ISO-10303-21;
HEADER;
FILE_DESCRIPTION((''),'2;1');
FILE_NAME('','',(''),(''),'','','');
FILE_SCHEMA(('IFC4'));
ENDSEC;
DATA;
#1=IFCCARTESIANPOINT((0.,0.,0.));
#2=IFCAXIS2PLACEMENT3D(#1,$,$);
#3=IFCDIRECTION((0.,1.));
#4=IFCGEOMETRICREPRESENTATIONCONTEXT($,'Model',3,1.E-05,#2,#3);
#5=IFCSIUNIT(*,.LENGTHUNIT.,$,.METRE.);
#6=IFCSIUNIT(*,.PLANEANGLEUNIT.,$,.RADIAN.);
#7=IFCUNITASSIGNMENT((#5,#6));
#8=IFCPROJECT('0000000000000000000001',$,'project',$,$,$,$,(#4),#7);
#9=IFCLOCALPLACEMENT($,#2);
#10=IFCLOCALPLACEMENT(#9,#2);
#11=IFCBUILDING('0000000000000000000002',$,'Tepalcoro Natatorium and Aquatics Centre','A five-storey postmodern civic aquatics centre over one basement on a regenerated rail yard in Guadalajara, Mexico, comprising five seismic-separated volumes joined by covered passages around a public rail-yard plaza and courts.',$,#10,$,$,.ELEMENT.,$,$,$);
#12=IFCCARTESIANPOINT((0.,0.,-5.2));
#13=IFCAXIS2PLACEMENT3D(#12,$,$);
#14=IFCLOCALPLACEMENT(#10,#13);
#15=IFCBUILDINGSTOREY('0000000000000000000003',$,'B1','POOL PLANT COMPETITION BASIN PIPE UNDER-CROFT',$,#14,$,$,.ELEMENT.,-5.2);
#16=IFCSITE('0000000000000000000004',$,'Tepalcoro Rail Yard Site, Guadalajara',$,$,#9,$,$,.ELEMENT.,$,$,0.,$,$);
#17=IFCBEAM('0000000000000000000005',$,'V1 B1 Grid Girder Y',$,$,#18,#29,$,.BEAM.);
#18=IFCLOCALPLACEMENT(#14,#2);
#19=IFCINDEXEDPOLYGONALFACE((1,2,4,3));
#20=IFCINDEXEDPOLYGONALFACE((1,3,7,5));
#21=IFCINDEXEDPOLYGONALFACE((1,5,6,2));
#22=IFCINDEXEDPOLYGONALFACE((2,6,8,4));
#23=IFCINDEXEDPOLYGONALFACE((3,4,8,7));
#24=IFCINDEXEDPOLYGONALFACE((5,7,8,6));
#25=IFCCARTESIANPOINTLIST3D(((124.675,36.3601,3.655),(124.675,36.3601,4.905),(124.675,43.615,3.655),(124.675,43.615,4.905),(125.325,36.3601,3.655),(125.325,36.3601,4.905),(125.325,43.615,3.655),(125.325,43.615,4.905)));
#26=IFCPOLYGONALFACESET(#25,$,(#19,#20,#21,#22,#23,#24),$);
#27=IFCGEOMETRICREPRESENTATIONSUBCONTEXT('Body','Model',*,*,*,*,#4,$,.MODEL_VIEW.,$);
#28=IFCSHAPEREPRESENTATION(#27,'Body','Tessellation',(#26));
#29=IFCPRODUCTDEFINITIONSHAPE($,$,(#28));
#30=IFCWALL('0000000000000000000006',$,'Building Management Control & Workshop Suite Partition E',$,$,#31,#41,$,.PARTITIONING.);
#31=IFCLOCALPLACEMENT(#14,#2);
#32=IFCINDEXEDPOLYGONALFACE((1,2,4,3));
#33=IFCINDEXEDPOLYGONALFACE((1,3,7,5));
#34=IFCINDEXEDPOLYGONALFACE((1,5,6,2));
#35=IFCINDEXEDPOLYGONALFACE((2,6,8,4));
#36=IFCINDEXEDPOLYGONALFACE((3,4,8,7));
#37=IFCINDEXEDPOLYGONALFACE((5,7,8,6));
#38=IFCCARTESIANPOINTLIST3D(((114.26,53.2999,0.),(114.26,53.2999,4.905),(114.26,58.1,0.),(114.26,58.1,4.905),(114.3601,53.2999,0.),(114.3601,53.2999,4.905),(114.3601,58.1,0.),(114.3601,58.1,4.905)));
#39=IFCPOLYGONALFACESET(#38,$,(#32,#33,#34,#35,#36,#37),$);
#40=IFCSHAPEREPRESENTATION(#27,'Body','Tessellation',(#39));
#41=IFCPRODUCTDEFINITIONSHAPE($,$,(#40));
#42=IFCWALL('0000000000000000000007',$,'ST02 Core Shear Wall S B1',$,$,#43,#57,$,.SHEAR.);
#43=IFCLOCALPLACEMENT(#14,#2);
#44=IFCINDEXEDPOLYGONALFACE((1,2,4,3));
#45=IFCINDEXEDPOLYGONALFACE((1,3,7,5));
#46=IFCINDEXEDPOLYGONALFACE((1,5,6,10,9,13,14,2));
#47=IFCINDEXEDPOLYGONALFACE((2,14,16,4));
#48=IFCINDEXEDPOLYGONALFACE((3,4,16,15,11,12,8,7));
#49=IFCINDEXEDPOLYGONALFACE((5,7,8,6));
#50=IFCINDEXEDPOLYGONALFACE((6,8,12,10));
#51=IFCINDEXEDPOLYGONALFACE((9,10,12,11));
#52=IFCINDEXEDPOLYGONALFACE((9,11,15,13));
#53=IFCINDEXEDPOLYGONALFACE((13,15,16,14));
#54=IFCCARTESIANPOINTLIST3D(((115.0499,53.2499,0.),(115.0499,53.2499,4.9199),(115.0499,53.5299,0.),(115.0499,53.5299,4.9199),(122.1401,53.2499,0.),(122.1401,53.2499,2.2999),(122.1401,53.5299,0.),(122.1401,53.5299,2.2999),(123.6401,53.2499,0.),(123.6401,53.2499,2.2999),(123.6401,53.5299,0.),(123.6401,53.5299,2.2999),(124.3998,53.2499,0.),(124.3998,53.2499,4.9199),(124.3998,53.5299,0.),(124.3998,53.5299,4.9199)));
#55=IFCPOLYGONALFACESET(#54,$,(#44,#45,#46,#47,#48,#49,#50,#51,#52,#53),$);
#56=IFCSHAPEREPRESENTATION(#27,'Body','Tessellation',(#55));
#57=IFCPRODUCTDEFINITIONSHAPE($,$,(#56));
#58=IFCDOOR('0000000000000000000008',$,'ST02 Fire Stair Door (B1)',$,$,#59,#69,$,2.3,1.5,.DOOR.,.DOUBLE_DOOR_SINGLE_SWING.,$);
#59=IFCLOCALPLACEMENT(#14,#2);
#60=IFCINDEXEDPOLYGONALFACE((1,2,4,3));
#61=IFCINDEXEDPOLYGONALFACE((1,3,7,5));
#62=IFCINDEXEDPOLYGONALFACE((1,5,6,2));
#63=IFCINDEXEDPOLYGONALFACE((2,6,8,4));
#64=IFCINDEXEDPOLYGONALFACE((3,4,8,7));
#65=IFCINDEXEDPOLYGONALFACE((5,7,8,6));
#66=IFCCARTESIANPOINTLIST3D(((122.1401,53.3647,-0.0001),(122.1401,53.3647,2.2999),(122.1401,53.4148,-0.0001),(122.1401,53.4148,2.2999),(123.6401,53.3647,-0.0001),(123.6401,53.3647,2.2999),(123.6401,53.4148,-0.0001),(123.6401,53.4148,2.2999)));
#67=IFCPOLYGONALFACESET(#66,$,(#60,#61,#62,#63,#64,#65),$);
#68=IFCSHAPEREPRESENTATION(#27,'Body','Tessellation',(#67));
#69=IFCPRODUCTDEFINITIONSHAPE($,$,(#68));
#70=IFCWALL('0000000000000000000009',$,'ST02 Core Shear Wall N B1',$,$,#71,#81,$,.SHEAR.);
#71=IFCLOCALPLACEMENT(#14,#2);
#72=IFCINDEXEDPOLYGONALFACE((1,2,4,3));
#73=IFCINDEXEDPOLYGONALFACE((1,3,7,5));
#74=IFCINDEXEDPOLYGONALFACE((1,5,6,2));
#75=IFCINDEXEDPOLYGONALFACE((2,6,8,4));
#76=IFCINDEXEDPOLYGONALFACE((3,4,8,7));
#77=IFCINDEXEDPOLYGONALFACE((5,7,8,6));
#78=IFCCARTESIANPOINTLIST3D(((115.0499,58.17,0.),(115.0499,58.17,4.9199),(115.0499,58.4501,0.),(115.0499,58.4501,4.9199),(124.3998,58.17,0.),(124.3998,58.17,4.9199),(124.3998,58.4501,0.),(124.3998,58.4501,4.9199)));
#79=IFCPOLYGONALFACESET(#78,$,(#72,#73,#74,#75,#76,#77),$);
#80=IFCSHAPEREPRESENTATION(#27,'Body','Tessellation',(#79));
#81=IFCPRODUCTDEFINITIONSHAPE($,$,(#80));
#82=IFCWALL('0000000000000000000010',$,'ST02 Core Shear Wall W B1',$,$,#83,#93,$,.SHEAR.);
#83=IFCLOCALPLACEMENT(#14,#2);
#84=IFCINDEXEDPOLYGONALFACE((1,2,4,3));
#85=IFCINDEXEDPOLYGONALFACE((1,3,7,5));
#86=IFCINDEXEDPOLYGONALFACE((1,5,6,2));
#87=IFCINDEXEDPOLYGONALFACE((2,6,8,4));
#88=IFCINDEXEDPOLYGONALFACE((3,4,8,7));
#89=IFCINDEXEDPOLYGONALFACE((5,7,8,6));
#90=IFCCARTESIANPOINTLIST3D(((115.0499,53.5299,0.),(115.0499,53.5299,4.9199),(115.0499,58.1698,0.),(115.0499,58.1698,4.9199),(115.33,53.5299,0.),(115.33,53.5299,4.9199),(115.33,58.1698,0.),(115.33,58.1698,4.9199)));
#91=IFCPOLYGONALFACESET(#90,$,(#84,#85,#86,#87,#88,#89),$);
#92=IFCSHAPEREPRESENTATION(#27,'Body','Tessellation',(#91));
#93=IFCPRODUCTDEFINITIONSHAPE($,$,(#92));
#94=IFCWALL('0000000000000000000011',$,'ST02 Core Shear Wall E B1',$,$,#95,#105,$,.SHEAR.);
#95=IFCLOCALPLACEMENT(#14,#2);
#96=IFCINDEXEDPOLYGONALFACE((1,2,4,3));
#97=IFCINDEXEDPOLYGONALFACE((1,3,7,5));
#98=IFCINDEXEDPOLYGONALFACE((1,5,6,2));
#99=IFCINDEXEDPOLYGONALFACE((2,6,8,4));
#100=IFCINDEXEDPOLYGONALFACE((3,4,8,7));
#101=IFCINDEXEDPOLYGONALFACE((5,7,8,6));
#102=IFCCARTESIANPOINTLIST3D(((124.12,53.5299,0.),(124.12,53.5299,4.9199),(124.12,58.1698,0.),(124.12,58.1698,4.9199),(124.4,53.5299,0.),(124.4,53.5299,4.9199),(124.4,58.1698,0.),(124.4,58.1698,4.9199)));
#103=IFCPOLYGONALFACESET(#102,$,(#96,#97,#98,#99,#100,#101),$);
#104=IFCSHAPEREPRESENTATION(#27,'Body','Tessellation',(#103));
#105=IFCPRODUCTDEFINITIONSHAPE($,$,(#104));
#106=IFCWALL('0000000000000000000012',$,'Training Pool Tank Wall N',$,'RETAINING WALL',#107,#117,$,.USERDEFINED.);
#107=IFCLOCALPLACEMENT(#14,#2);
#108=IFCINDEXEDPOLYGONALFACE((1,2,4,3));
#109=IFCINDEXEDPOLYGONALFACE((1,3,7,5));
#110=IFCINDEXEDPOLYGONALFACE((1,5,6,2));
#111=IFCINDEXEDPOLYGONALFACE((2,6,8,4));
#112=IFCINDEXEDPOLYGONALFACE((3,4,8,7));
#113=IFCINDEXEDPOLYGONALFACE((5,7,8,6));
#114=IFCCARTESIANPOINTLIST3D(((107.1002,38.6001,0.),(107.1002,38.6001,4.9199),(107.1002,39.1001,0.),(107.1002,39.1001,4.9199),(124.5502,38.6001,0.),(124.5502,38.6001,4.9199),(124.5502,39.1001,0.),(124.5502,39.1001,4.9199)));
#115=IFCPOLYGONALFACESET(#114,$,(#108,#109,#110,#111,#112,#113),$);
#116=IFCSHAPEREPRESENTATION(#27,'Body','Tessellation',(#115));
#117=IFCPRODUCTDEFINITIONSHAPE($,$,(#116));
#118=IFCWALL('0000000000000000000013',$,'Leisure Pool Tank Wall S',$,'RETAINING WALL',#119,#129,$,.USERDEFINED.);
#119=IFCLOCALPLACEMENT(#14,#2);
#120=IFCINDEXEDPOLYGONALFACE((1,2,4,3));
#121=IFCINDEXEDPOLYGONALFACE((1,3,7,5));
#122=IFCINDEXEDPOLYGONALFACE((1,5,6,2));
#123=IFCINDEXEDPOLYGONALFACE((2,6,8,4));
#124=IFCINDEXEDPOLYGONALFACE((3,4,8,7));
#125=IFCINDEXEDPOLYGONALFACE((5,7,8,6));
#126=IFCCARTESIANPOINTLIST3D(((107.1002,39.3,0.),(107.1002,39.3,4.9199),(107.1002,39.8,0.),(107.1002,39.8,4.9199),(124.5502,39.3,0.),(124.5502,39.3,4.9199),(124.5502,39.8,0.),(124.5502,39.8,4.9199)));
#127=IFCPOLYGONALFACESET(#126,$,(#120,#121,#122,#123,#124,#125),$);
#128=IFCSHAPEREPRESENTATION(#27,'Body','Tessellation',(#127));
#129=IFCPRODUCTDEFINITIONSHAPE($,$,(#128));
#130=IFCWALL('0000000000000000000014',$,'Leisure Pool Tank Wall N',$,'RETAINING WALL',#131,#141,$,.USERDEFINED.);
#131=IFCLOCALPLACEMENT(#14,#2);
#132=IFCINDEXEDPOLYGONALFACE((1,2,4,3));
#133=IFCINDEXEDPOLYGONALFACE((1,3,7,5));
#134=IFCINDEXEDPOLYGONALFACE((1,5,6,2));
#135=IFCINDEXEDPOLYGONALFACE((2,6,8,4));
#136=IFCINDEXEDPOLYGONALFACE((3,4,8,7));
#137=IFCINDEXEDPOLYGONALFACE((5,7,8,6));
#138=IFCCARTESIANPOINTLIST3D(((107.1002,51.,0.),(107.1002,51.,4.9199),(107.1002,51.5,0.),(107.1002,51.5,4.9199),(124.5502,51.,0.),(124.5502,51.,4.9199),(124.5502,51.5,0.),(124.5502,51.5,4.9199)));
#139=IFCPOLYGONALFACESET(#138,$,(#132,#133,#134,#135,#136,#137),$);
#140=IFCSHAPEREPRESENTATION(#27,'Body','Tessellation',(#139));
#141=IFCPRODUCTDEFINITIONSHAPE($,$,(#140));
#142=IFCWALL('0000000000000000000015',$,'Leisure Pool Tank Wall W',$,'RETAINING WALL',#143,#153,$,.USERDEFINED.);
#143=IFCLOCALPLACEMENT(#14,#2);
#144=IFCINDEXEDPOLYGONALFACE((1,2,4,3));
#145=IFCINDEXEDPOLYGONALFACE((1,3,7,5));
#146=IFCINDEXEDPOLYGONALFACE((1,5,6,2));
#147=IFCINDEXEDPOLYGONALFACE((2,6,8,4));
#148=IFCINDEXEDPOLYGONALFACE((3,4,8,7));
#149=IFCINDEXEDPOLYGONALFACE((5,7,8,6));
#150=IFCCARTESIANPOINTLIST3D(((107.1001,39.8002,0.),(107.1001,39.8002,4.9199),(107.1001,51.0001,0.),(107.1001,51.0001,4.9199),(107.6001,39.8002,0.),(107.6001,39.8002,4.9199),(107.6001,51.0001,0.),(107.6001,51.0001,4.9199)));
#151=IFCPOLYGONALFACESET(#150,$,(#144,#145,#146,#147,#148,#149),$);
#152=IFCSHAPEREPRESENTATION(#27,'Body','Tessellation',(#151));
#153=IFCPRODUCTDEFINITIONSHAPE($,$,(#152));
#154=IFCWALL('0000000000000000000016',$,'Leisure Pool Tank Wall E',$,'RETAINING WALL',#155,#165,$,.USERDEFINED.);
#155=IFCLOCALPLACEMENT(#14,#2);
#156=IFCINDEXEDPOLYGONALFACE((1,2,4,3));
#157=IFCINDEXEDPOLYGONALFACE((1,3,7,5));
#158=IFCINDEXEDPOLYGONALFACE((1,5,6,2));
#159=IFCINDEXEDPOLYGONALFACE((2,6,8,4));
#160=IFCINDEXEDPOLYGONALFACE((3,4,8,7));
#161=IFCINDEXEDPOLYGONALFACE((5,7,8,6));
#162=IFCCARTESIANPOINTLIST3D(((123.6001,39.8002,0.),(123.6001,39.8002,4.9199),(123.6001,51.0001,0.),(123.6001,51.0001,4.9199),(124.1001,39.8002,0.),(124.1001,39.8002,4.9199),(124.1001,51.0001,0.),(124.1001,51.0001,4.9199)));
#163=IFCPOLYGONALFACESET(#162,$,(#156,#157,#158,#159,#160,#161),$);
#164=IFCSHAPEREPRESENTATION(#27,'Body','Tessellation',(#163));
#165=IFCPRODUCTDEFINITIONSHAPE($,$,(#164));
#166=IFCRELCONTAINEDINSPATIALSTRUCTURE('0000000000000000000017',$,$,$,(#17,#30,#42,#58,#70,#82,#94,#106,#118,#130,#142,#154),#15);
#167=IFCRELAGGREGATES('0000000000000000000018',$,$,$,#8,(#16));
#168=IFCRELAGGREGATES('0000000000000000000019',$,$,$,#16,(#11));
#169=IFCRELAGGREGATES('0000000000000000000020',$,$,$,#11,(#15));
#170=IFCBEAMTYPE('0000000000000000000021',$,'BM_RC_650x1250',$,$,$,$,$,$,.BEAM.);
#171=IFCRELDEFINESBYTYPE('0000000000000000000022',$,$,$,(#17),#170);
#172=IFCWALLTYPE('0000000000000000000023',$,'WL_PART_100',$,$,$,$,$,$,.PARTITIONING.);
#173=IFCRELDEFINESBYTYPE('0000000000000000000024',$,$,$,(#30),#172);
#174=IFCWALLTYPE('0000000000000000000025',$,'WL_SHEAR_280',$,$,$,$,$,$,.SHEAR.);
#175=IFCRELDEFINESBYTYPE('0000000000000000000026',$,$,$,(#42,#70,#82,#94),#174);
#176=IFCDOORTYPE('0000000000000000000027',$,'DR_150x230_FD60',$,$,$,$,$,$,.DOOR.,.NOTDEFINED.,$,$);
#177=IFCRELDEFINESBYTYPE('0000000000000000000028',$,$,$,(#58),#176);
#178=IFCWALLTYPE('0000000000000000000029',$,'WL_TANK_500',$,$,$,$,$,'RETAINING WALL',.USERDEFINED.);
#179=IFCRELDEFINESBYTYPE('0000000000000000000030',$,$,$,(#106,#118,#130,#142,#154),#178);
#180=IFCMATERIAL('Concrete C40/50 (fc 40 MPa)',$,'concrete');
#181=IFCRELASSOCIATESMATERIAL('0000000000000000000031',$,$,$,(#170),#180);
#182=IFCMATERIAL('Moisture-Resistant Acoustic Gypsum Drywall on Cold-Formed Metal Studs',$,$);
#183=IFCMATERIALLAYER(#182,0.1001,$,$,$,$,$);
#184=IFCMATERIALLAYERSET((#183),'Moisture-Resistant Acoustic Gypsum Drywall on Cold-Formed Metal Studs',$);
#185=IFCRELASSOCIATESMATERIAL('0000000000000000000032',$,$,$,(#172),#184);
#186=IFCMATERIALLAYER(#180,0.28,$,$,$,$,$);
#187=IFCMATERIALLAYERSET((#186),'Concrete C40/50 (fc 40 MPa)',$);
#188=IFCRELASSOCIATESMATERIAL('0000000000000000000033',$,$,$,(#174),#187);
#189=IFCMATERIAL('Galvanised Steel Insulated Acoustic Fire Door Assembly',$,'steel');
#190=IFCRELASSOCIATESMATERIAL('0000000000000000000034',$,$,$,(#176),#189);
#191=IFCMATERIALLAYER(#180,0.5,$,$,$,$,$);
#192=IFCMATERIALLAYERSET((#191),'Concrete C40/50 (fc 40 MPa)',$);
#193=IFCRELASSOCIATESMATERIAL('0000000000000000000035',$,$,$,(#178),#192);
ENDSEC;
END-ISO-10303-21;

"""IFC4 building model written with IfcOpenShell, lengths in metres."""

from ifc_helpers import new_model, si_unit, direction, frame, frame_2d, origin, origin_2d, place, context, subcontext, project, spatial, rectangle, extrude, material, layer, layer_set, material_profile, profile_set, type_object, element, fill, save


model = new_model("IFC4")

# Units and contexts
model_context = context("Model", 3, precision=1e-05, world=origin(), true_north=direction((0.0, 1.0)))
body_context = subcontext(model_context, "Body", "Model", "MODEL_VIEW")
ifc_project = project(units=[si_unit("LENGTHUNIT", "METRE"), si_unit("PLANEANGLEUNIT", "RADIAN")], contexts=[model_context])

# Site, building, storey
site_placement = place(None, origin())
site = spatial("IfcSite", under=ifc_project, at=site_placement, Name="Tepalcoro Rail Yard Site, Guadalajara", CompositionType="ELEMENT", RefElevation=0.0)
building_placement = place(site_placement, origin())
building = spatial("IfcBuilding", under=site, at=building_placement, Name="Tepalcoro Natatorium and Aquatics Centre", Description="A five-storey postmodern civic aquatics centre over one basement on a regenerated rail yard in Guadalajara, Mexico, comprising five seismic-separated volumes joined by covered passages around a public rail-yard plaza and courts.", CompositionType="ELEMENT")
storey_placement = place(building_placement, frame((0.0, 0.0, -5.2)))
storey = spatial("IfcBuildingStorey", under=building, at=storey_placement, Name="B1", Description="POOL PLANT COMPETITION BASIN PIPE UNDER-CROFT", CompositionType="ELEMENT", Elevation=-5.2)

# Shared definitions
ifc_material_1 = material(Name="Concrete C40/50 (fc 40 MPa)", Category="concrete")

# Beam
ifc_material_profile_1 = material_profile(ifc_material_1, rectangle(XDim=0.6499, YDim=1.25, at=origin_2d()), Name="RCB650x1250")
ifc_profile_set_1 = profile_set([ifc_material_profile_1], Name="Concrete C40/50 (fc 40 MPa)")
beam_type_1 = type_object("IfcBeamType", Name="BM_RC_650x1250", PredefinedType="BEAM", material=ifc_profile_set_1)
beam_1_placement = place(storey_placement, frame((125.0, 36.3601, 4.28), z_axis=(0.0, 1.0, 0.0), x_axis=(-1.0, 0.0, 0.0)))
element("IfcBeam", 1, at=beam_1_placement, inside=storey, type_object=beam_type_1, Name="V1 B1 Grid Girder Y", PredefinedType="BEAM", context=body_context, shape_type="SweptSolid", body=[
    extrude(rectangle(XDim=0.6499, YDim=1.25, at=origin_2d()), origin(), (0.0, 0.0, 1.0), 7.2549),
])

# Wall
ifc_material_2 = material(Name="Moisture-Resistant Acoustic Gypsum Drywall on Cold-Formed Metal Studs")
ifc_layer_1 = layer(ifc_material_2, 0.1001)
ifc_layer_set_1 = layer_set([ifc_layer_1], Name="Moisture-Resistant Acoustic Gypsum Drywall on Cold-Formed Metal Studs")
wall_type_1 = type_object("IfcWallType", Name="WL_PART_100", PredefinedType="PARTITIONING", material=ifc_layer_set_1)
wall_1_placement = place(storey_placement, frame((114.3101, 53.3, 0.0), z_axis=(0.0, 0.0, 1.0), x_axis=(0.0, 1.0, 0.0)))
element("IfcWall", 2, at=wall_1_placement, inside=storey, type_object=wall_type_1, Name="Building Management Control & Workshop Suite Partition E", PredefinedType="PARTITIONING", context=body_context, shape_type="SweptSolid", body=[
    extrude(rectangle(XDim=4.8, YDim=0.1001, at=frame_2d((2.3999, 0.0))), origin(), (0.0, 0.0, 1.0), 4.905),
])

# Wall, opening, door
ifc_layer_2 = layer(ifc_material_1, 0.28)
ifc_layer_set_2 = layer_set([ifc_layer_2], Name="Concrete C40/50 (fc 40 MPa)")
wall_type_2 = type_object("IfcWallType", Name="WL_SHEAR_280", PredefinedType="SHEAR", material=ifc_layer_set_2)
wall_2_placement = place(storey_placement, frame((115.05, 53.3899, 0.0), z_axis=(0.0, 0.0, 1.0), x_axis=(1.0, 0.0, 0.0)))
wall_2 = element("IfcWall", 3, at=wall_2_placement, inside=storey, type_object=wall_type_2, Name="ST02 Core Shear Wall S B1", PredefinedType="SHEAR", context=body_context, shape_type="SweptSolid", body=[
    extrude(rectangle(XDim=9.3499, YDim=0.28, at=frame_2d((4.6748, 0.0))), origin(), (0.0, 0.0, 1.0), 4.9199),
])
opening_placement = place(wall_2_placement, frame((7.0901, 0.0, 0.0)))
opening = element("IfcOpeningElement", 4, at=opening_placement, cuts=wall_2, PredefinedType="OPENING", context=body_context, shape_type="SweptSolid", body=[
    extrude(rectangle(XDim=1.5, YDim=2.3, at=frame_2d((0.75, 1.1499))), frame((0.0, 0.1519, 0.0), z_axis=(0.0, -1.0, 0.0), x_axis=(1.0, 0.0, 0.0)), (0.0, 0.0, 1.0), 0.304),
])
ifc_material_3 = material(Name="Galvanised Steel Insulated Acoustic Fire Door Assembly", Category="steel")
door_type = type_object("IfcDoorType", Name="DR_150x230_FD60", OperationType="NOTDEFINED", PredefinedType="DOOR", material=ifc_material_3)
door_placement = place(opening_placement, origin())
door = element("IfcDoor", 5, at=door_placement, inside=storey, type_object=door_type, Name="ST02 Fire Stair Door (B1)", OperationType="DOUBLE_DOOR_SINGLE_SWING", OverallHeight=2.3, OverallWidth=1.5, PredefinedType="DOOR", context=body_context, shape_type="SweptSolid", body=[
    extrude(rectangle(XDim=1.5, YDim=2.3, at=frame_2d((0.75, 1.1499))), frame((0.0, 0.0249, 0.0), z_axis=(0.0, -1.0, 0.0), x_axis=(1.0, 0.0, 0.0)), (0.0, 0.0, 1.0), 0.05),
])
fill(opening, door)

# Walls
wall_3_placement = place(storey_placement, frame((115.05, 58.3101, 0.0), z_axis=(0.0, 0.0, 1.0), x_axis=(1.0, 0.0, 0.0)))
element("IfcWall", 6, at=wall_3_placement, inside=storey, type_object=wall_type_2, Name="ST02 Core Shear Wall N B1", PredefinedType="SHEAR", context=body_context, shape_type="SweptSolid", body=[
    extrude(rectangle(XDim=9.3499, YDim=0.28, at=frame_2d((4.6748, 0.0))), origin(), (0.0, 0.0, 1.0), 4.9199),
])
for number, where, z_axis, x_axis, name in (
    (7, (115.1899, 53.53, 0.0), (0.0, 0.0, 1.0), (0.0, 1.0, 0.0), "ST02 Core Shear Wall W B1"),
    (8, (124.26, 53.53, 0.0), (0.0, 0.0, 1.0), (0.0, 1.0, 0.0), "ST02 Core Shear Wall E B1"),
):
    element("IfcWall", number, at=place(storey_placement, frame(where, z_axis=z_axis, x_axis=x_axis)), inside=storey, type_object=wall_type_2, Name=name, PredefinedType="SHEAR", context=body_context, shape_type="SweptSolid", body=[
        extrude(rectangle(XDim=4.6399, YDim=0.28, at=frame_2d((2.3198, 0.0))), origin(), (0.0, 0.0, 1.0), 4.9199),
    ])
ifc_layer_3 = layer(ifc_material_1, 0.5)
ifc_layer_set_3 = layer_set([ifc_layer_3], Name="Concrete C40/50 (fc 40 MPa)")
wall_type_3 = type_object("IfcWallType", Name="WL_TANK_500", ElementType="RETAINING WALL", PredefinedType="USERDEFINED", material=ifc_layer_set_3)
for number, where, z_axis, x_axis, name in (
    (9, (107.1001, 38.8501, 0.0), (0.0, 0.0, 1.0), (1.0, 0.0, 0.0), "Training Pool Tank Wall N"),
    (10, (107.1001, 39.55, 0.0), (0.0, 0.0, 1.0), (1.0, 0.0, 0.0), "Leisure Pool Tank Wall S"),
    (11, (107.1001, 51.25, 0.0), (0.0, 0.0, 1.0), (1.0, 0.0, 0.0), "Leisure Pool Tank Wall N"),
):
    element("IfcWall", number, at=place(storey_placement, frame(where, z_axis=z_axis, x_axis=x_axis)), inside=storey, type_object=wall_type_3, Name=name, ObjectType="RETAINING WALL", PredefinedType="USERDEFINED", context=body_context, shape_type="SweptSolid", body=[
        extrude(rectangle(XDim=17.45, YDim=0.5, at=frame_2d((8.7251, 0.0))), origin(), (0.0, 0.0, 1.0), 4.9199),
    ])
for number, where, z_axis, x_axis, name in (
    (12, (107.3501, 39.8, 0.0), (0.0, 0.0, 1.0), (0.0, 1.0, 0.0), "Leisure Pool Tank Wall W"),
    (13, (123.8501, 39.8, 0.0), (0.0, 0.0, 1.0), (0.0, 1.0, 0.0), "Leisure Pool Tank Wall E"),
):
    element("IfcWall", number, at=place(storey_placement, frame(where, z_axis=z_axis, x_axis=x_axis)), inside=storey, type_object=wall_type_3, Name=name, ObjectType="RETAINING WALL", PredefinedType="USERDEFINED", context=body_context, shape_type="SweptSolid", body=[
        extrude(rectangle(XDim=11.2, YDim=0.5, at=frame_2d((5.6001, 0.0))), origin(), (0.0, 0.0, 1.0), 4.9199),
    ])

save(model, "model.ifc")
